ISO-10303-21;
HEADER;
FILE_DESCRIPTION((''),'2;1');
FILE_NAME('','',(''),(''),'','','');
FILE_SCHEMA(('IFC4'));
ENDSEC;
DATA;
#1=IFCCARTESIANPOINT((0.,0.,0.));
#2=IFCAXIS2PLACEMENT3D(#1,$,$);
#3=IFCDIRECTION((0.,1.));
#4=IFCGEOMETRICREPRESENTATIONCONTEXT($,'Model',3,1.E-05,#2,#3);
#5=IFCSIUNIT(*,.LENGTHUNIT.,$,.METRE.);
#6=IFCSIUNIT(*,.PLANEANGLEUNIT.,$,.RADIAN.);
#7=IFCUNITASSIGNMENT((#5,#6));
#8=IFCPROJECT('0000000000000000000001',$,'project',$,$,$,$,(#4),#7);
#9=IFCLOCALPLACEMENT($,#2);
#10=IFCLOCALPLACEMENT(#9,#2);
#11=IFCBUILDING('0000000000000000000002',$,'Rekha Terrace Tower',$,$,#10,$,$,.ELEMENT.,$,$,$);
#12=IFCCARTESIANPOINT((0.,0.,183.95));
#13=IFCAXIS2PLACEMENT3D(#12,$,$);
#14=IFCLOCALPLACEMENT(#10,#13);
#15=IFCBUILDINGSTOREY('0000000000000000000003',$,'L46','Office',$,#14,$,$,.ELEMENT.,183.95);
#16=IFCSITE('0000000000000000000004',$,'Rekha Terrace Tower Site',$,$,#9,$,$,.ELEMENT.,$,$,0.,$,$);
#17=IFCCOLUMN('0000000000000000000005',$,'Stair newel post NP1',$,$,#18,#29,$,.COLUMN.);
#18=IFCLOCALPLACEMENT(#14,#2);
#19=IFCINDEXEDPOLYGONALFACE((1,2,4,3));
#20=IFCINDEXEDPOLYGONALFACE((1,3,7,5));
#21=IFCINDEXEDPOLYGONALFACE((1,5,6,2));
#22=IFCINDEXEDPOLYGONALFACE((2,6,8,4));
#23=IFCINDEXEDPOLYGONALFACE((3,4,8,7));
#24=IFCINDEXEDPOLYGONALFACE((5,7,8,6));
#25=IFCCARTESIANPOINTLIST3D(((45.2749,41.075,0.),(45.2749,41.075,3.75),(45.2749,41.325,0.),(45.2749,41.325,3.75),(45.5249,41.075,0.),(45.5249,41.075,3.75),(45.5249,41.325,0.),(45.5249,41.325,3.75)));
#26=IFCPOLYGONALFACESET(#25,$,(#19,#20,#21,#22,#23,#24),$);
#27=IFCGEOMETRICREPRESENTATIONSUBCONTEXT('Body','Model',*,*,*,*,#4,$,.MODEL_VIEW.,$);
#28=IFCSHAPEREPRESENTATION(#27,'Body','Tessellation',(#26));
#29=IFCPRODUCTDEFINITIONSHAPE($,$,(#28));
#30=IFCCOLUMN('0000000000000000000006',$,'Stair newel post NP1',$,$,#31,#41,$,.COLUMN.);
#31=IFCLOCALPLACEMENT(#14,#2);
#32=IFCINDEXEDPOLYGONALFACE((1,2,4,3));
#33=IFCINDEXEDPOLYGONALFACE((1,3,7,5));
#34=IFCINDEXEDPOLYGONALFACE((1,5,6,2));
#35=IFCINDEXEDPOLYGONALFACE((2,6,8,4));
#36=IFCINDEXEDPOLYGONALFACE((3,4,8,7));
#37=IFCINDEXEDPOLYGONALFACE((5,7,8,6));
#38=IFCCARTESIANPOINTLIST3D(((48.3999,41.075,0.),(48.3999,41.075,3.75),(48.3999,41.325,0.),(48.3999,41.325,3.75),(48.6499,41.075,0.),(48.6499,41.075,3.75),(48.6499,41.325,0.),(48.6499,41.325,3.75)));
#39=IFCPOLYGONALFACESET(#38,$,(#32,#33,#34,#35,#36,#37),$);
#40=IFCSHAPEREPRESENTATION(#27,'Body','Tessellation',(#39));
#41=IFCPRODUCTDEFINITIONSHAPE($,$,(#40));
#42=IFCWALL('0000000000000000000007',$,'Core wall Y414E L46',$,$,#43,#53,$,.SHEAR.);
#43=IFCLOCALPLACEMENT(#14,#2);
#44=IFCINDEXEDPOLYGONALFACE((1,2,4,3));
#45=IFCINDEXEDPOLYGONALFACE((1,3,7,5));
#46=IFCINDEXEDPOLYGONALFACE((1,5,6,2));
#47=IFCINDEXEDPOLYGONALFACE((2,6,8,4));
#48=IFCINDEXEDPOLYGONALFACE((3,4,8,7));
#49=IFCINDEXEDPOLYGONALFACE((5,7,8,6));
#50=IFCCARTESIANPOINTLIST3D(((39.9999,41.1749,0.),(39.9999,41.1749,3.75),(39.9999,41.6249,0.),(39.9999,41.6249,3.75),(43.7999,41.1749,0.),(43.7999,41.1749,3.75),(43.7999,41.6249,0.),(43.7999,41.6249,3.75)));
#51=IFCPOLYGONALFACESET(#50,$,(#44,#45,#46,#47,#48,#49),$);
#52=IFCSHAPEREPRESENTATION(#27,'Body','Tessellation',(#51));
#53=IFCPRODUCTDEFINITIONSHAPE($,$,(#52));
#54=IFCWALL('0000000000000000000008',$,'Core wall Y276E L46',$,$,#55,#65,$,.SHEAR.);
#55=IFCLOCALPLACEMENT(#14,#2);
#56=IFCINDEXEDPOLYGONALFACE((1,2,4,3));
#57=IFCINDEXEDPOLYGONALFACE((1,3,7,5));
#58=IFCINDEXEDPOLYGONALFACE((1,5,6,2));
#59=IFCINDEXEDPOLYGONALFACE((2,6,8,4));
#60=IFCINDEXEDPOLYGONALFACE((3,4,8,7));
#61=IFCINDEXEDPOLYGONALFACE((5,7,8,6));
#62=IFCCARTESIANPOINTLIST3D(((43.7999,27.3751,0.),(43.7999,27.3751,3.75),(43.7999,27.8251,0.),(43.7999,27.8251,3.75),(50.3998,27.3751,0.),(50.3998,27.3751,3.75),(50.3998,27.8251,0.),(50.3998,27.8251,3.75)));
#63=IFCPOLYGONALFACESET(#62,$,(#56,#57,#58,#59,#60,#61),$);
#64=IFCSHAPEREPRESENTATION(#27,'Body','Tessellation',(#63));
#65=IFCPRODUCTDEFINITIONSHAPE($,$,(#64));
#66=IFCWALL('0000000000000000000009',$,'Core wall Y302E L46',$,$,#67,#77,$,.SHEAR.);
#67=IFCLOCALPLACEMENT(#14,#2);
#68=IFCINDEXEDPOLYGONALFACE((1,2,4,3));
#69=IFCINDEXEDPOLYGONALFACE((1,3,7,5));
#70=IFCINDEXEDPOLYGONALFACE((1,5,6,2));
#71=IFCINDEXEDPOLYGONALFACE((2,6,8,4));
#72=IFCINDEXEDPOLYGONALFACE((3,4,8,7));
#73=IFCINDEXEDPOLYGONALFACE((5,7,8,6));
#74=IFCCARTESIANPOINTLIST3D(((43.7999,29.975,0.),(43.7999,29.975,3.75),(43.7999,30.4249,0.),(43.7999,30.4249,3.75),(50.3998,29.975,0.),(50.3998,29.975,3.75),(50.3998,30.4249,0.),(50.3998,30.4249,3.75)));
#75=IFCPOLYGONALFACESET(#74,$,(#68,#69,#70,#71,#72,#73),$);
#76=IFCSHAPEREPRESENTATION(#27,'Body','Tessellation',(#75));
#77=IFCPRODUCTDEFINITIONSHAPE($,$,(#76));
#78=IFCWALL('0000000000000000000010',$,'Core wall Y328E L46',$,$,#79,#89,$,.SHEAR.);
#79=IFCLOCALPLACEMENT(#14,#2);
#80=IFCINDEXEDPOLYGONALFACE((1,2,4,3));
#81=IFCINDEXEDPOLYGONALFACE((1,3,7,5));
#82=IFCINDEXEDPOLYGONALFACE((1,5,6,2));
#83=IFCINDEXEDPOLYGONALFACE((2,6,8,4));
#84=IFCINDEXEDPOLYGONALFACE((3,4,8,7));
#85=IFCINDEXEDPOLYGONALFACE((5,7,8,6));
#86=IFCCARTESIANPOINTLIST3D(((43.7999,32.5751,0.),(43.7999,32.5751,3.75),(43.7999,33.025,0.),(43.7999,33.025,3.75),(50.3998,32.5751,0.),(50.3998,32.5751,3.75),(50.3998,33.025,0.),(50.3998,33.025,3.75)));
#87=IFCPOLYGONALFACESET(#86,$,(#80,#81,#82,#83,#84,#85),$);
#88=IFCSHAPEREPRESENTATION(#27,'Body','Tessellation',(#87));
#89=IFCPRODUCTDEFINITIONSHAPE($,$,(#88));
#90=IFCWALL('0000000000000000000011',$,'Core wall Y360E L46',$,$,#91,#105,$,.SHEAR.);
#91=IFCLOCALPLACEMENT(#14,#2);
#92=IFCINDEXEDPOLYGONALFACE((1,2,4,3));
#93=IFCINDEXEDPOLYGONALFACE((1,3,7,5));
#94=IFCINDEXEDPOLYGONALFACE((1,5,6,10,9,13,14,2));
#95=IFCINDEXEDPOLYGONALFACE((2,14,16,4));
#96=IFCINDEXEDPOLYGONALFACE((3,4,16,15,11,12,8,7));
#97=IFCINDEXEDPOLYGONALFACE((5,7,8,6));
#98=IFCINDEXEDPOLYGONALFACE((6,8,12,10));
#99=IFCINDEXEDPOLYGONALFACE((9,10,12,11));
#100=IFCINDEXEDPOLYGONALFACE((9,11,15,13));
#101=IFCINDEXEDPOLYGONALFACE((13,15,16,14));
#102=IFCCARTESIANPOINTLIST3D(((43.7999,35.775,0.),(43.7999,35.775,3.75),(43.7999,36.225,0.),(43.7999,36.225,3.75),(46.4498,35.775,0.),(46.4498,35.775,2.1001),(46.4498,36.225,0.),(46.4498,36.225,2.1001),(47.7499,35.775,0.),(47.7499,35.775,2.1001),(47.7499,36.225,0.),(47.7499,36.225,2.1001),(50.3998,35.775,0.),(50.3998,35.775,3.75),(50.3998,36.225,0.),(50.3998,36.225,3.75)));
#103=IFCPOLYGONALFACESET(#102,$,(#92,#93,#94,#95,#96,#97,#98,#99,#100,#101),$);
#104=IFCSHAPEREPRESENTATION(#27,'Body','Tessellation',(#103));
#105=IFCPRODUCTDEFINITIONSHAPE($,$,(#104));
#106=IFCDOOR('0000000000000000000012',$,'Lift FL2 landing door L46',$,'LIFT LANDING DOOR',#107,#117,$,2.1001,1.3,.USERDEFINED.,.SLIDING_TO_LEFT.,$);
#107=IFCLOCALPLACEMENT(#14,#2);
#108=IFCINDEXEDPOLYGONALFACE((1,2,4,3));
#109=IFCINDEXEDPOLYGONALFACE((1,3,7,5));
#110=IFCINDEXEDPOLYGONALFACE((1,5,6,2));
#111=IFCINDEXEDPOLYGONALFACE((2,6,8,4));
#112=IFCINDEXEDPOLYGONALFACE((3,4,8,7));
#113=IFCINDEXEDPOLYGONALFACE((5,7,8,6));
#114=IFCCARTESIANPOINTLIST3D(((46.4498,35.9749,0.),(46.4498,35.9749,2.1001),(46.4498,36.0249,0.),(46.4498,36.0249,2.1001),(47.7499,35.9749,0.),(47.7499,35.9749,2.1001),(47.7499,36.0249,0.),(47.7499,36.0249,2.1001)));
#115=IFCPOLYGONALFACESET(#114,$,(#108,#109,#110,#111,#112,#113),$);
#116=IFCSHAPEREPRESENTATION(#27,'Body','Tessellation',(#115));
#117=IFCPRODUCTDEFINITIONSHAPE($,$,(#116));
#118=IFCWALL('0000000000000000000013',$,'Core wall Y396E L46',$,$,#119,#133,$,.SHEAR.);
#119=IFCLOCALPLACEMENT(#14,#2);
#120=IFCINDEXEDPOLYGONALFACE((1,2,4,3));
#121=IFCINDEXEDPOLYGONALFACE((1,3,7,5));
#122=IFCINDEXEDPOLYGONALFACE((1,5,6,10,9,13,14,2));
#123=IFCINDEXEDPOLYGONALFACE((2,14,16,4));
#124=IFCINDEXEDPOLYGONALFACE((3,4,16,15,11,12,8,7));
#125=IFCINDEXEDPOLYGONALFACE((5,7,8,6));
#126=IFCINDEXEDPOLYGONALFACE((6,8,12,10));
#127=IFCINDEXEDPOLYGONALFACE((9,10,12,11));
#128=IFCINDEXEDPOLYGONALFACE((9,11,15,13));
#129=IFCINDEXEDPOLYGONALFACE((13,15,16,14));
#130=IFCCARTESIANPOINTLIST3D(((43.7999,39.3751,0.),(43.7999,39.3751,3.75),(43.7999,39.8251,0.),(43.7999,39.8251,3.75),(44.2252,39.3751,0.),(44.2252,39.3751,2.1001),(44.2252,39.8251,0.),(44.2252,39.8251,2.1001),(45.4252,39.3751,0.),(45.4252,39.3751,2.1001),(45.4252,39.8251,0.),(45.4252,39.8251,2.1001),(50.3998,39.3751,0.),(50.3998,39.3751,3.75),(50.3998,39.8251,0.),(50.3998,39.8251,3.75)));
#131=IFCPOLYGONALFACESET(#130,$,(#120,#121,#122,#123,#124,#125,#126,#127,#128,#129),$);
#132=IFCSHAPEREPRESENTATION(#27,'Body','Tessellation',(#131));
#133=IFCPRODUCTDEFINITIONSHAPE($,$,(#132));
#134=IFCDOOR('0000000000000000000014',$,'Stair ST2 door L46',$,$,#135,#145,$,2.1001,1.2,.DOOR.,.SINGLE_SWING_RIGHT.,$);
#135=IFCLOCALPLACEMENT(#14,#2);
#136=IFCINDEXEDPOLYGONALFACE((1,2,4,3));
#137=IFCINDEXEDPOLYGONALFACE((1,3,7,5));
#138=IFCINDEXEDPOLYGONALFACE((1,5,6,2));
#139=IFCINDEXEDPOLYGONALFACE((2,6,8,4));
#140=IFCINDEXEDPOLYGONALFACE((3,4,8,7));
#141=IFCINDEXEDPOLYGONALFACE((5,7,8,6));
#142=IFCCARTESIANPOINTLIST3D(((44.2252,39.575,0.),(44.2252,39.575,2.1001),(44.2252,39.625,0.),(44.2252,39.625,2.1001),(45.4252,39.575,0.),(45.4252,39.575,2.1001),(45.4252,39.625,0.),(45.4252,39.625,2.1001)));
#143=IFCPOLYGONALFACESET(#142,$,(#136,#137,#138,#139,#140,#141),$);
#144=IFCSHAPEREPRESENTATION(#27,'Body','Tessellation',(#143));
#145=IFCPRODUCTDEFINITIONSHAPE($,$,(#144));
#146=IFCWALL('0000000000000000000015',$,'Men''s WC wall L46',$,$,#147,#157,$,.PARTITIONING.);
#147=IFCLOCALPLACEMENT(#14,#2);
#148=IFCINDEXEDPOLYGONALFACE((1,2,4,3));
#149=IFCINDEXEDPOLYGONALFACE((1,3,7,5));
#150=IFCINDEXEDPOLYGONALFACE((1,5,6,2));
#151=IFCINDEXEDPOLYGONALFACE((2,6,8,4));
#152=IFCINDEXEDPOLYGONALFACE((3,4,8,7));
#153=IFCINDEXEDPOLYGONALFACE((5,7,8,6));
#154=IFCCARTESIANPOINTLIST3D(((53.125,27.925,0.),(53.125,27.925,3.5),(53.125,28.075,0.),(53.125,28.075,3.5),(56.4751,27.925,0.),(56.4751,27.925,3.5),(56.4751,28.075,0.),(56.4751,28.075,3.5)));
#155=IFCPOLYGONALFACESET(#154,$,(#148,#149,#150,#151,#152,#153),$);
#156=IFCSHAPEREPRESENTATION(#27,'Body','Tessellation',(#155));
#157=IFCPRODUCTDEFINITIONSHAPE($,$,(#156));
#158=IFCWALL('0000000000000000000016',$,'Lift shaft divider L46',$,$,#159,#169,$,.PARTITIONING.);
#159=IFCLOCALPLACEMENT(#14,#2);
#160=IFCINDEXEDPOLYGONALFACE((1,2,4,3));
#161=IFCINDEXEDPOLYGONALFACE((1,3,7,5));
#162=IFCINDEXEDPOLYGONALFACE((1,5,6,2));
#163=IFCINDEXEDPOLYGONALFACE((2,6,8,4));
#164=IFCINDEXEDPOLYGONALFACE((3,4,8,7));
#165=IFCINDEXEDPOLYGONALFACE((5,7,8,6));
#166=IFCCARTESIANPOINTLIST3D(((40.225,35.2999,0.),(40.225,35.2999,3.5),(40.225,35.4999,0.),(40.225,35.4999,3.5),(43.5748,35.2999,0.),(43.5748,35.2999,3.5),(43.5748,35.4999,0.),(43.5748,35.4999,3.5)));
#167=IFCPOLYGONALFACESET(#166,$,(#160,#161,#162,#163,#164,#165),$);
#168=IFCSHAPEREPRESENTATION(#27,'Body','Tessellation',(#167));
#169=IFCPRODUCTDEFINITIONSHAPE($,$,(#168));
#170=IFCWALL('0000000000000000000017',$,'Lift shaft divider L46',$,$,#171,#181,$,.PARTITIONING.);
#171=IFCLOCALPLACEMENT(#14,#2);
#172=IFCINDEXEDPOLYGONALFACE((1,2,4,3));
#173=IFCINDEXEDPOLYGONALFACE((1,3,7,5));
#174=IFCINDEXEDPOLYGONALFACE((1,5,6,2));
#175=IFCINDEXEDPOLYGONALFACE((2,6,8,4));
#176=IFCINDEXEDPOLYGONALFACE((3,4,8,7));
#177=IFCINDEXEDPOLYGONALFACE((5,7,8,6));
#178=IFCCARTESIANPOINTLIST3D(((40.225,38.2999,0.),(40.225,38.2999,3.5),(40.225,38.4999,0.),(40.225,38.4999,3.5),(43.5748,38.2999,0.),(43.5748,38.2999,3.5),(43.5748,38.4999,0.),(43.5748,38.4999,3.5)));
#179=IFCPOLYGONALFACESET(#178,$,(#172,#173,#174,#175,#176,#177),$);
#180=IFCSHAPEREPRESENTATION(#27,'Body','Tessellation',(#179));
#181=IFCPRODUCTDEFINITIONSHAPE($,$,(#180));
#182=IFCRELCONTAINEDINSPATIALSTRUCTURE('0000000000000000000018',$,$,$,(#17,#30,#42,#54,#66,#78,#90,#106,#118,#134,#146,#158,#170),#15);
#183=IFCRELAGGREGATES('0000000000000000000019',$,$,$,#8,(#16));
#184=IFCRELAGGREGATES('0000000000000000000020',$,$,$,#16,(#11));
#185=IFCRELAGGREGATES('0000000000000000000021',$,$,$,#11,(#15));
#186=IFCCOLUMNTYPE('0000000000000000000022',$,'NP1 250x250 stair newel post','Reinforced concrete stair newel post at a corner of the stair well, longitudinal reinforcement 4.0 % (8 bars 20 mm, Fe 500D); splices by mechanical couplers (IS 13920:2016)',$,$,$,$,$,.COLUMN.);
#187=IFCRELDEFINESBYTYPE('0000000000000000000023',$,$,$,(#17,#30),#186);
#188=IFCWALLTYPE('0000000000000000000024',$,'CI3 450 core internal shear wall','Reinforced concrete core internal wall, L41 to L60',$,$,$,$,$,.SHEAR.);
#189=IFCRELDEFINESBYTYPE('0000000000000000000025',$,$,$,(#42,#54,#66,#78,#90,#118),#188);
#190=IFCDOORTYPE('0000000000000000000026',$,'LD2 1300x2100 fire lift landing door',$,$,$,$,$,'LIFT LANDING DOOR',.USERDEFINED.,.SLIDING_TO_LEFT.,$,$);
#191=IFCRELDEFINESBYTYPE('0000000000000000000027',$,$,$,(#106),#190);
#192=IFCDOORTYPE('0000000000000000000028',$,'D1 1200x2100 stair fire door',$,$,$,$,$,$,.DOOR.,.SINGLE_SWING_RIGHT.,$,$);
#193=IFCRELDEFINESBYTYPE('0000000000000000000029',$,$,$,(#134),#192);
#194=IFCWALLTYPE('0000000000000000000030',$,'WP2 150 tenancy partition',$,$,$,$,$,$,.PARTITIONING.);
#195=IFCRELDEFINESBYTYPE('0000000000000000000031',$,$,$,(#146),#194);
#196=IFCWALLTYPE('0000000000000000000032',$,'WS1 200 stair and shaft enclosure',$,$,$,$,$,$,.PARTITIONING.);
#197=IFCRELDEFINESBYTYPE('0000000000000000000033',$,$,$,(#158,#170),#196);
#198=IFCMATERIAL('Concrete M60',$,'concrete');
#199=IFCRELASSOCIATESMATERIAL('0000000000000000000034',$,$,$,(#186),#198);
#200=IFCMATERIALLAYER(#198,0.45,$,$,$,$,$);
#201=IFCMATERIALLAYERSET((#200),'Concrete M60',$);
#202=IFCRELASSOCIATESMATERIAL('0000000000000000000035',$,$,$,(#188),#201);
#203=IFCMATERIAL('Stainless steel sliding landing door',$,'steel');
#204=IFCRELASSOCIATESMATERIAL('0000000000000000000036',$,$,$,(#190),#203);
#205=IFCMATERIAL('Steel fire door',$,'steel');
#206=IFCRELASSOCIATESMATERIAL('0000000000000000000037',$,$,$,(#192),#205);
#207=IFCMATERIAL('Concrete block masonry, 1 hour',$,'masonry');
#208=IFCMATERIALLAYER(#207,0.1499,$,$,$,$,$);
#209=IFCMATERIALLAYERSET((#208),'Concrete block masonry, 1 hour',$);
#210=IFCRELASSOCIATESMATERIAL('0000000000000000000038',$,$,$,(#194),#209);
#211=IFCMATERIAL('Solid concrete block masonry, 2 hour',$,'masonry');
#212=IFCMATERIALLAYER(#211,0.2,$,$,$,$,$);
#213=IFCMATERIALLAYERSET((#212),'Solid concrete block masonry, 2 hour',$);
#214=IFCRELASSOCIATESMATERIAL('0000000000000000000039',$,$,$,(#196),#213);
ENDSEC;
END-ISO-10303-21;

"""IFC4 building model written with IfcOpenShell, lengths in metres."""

from ifc_helpers import new_model, si_unit, direction, frame, frame_2d, origin, origin_2d, place, context, subcontext, project, spatial, rectangle, extrude, material, layer, layer_set, material_profile, profile_set, type_object, element, fill, save


model = new_model("IFC4")

# Units and contexts
model_context = context("Model", 3, precision=1e-05, world=origin(), true_north=direction((0.0, 1.0)))
body_context = subcontext(model_context, "Body", "Model", "MODEL_VIEW")
ifc_project = project(units=[si_unit("LENGTHUNIT", "METRE"), si_unit("PLANEANGLEUNIT", "RADIAN")], contexts=[model_context])

# Site, building, storey
site_placement = place(None, origin())
site = spatial("IfcSite", under=ifc_project, at=site_placement, Name="Rekha Terrace Tower Site", CompositionType="ELEMENT", RefElevation=0.0)
building_placement = place(site_placement, origin())
building = spatial("IfcBuilding", under=site, at=building_placement, Name="Rekha Terrace Tower", CompositionType="ELEMENT")
storey_placement = place(building_placement, frame((0.0, 0.0, 183.95)))
storey = spatial("IfcBuildingStorey", under=building, at=storey_placement, Name="L46", Description="Office", CompositionType="ELEMENT", Elevation=183.95)

# Columns
ifc_material_1 = material(Name="Concrete M60", Category="concrete")
ifc_material_profile = material_profile(ifc_material_1, rectangle(XDim=0.25, YDim=0.25, at=origin_2d()), Name="RC 250x250")
ifc_profile_set = profile_set([ifc_material_profile], Name="Concrete M60")
column_type = type_object("IfcColumnType", Name="NP1 250x250 stair newel post", Description="Reinforced concrete stair newel post at a corner of the stair well, longitudinal reinforcement 4.0 % (8 bars 20 mm, Fe 500D); splices by mechanical couplers (IS 13920:2016)", PredefinedType="COLUMN", material=ifc_profile_set)
for number, where, z_axis, x_axis, name in (
    (1, (45.3999, 41.2, 0.0), (0.0, 0.0, 1.0), (1.0, 0.0, 0.0), "Stair newel post NP1"),
    (2, (48.5249, 41.2, 0.0), (0.0, 0.0, 1.0), (1.0, 0.0, 0.0), "Stair newel post NP1"),
):
    element("IfcColumn", number, at=place(storey_placement, frame(where, z_axis=z_axis, x_axis=x_axis)), inside=storey, type_object=column_type, Name=name, PredefinedType="COLUMN", context=body_context, shape_type="SweptSolid", body=[
        extrude(rectangle(XDim=0.25, YDim=0.25, at=origin_2d()), origin(), (0.0, 0.0, 1.0), 3.75),
    ])

# Walls
ifc_layer_1 = layer(ifc_material_1, 0.45)
ifc_layer_set_1 = layer_set([ifc_layer_1], Name="Concrete M60")
wall_type_1 = type_object("IfcWallType", Name="CI3 450 core internal shear wall", Description="Reinforced concrete core internal wall, L41 to L60", PredefinedType="SHEAR", material=ifc_layer_set_1)
wall_1_placement = place(storey_placement, frame((40.0, 41.3999, 0.0), z_axis=(0.0, 0.0, 1.0), x_axis=(1.0, 0.0, 0.0)))
element("IfcWall", 3, at=wall_1_placement, inside=storey, type_object=wall_type_1, Name="Core wall Y414E L46", PredefinedType="SHEAR", context=body_context, shape_type="SweptSolid", body=[
    extrude(rectangle(XDim=3.8, YDim=0.45, at=frame_2d((1.8999, 0.0))), origin(), (0.0, 0.0, 1.0), 3.75),
])
for number, where, z_axis, x_axis, name in (
    (4, (43.8, 27.6001, 0.0), (0.0, 0.0, 1.0), (1.0, 0.0, 0.0), "Core wall Y276E L46"),
    (5, (43.8, 30.2, 0.0), (0.0, 0.0, 1.0), (1.0, 0.0, 0.0), "Core wall Y302E L46"),
    (6, (43.8, 32.8, 0.0), (0.0, 0.0, 1.0), (1.0, 0.0, 0.0), "Core wall Y328E L46"),
):
    element("IfcWall", number, at=place(storey_placement, frame(where, z_axis=z_axis, x_axis=x_axis)), inside=storey, type_object=wall_type_1, Name=name, PredefinedType="SHEAR", context=body_context, shape_type="SweptSolid", body=[
        extrude(rectangle(XDim=6.5999, YDim=0.45, at=frame_2d((3.2998, 0.0))), origin(), (0.0, 0.0, 1.0), 3.75),
    ])

# Walls, openings, doors
wall_2_placement = place(storey_placement, frame((43.8, 36.0, 0.0), z_axis=(0.0, 0.0, 1.0), x_axis=(1.0, 0.0, 0.0)))
wall_2 = element("IfcWall", 7, at=wall_2_placement, inside=storey, type_object=wall_type_1, Name="Core wall Y360E L46", PredefinedType="SHEAR", context=body_context, shape_type="SweptSolid", body=[
    extrude(rectangle(XDim=6.5999, YDim=0.45, at=frame_2d((3.2998, 0.0))), origin(), (0.0, 0.0, 1.0), 3.75),
])
opening_1_placement = place(wall_2_placement, frame((2.6499, 0.0, 0.0)))
opening_1 = element("IfcOpeningElement", 8, at=opening_1_placement, cuts=wall_2, PredefinedType="OPENING", context=body_context, shape_type="SweptSolid", body=[
    extrude(rectangle(XDim=1.3, YDim=2.1001, at=frame_2d((0.6499, 1.05))), frame((0.0, 0.2349, 0.0), z_axis=(0.0, -1.0, 0.0), x_axis=(1.0, 0.0, 0.0)), (0.0, 0.0, 1.0), 0.47),
])
ifc_material_2 = material(Name="Stainless steel sliding landing door", Category="steel")
door_type_1 = type_object("IfcDoorType", Name="LD2 1300x2100 fire lift landing door", ElementType="LIFT LANDING DOOR", OperationType="SLIDING_TO_LEFT", PredefinedType="USERDEFINED", material=ifc_material_2)
door_1_placement = place(opening_1_placement, origin())
door_1 = element("IfcDoor", 9, at=door_1_placement, inside=storey, type_object=door_type_1, Name="Lift FL2 landing door L46", ObjectType="LIFT LANDING DOOR", OperationType="SLIDING_TO_LEFT", OverallHeight=2.1001, OverallWidth=1.3, PredefinedType="USERDEFINED", context=body_context, shape_type="SweptSolid", body=[
    extrude(rectangle(XDim=1.3, YDim=2.1001, at=frame_2d((0.6499, 1.05))), frame((0.0, 0.0249, 0.0), z_axis=(0.0, -1.0, 0.0), x_axis=(1.0, 0.0, 0.0)), (0.0, 0.0, 1.0), 0.05),
])
fill(opening_1, door_1)
wall_3_placement = place(storey_placement, frame((43.8, 39.6001, 0.0), z_axis=(0.0, 0.0, 1.0), x_axis=(1.0, 0.0, 0.0)))
wall_3 = element("IfcWall", 10, at=wall_3_placement, inside=storey, type_object=wall_type_1, Name="Core wall Y396E L46", PredefinedType="SHEAR", context=body_context, shape_type="SweptSolid", body=[
    extrude(rectangle(XDim=6.5999, YDim=0.45, at=frame_2d((3.2998, 0.0))), origin(), (0.0, 0.0, 1.0), 3.75),
])
opening_2_placement = place(wall_3_placement, frame((0.425, 0.0, 0.0)))
opening_2 = element("IfcOpeningElement", 11, at=opening_2_placement, cuts=wall_3, PredefinedType="OPENING", context=body_context, shape_type="SweptSolid", body=[
    extrude(rectangle(XDim=1.2, YDim=2.1001, at=frame_2d((0.6001, 1.05))), frame((0.0, 0.2349, 0.0), z_axis=(0.0, -1.0, 0.0), x_axis=(1.0, 0.0, 0.0)), (0.0, 0.0, 1.0), 0.47),
])
ifc_material_3 = material(Name="Steel fire door", Category="steel")
door_type_2 = type_object("IfcDoorType", Name="D1 1200x2100 stair fire door", OperationType="SINGLE_SWING_RIGHT", PredefinedType="DOOR", material=ifc_material_3)
door_2_placement = place(opening_2_placement, origin())
door_2 = element("IfcDoor", 12, at=door_2_placement, inside=storey, type_object=door_type_2, Name="Stair ST2 door L46", OperationType="SINGLE_SWING_RIGHT", OverallHeight=2.1001, OverallWidth=1.2, PredefinedType="DOOR", context=body_context, shape_type="SweptSolid", body=[
    extrude(rectangle(XDim=1.2, YDim=2.1001, at=frame_2d((0.6001, 1.05))), frame((0.0, 0.0249, 0.0), z_axis=(0.0, -1.0, 0.0), x_axis=(1.0, 0.0, 0.0)), (0.0, 0.0, 1.0), 0.05),
])
fill(opening_2, door_2)

# Walls
ifc_material_4 = material(Name="Concrete block masonry, 1 hour", Category="masonry")
ifc_layer_2 = layer(ifc_material_4, 0.1499)
ifc_layer_set_2 = layer_set([ifc_layer_2], Name="Concrete block masonry, 1 hour")
wall_type_2 = type_object("IfcWallType", Name="WP2 150 tenancy partition", PredefinedType="PARTITIONING", material=ifc_layer_set_2)
wall_4_placement = place(storey_placement, frame((53.125, 28.0, 0.0), z_axis=(0.0, 0.0, 1.0), x_axis=(1.0, 0.0, 0.0)))
element("IfcWall", 13, at=wall_4_placement, inside=storey, type_object=wall_type_2, Name="Men's WC wall L46", PredefinedType="PARTITIONING", context=body_context, shape_type="SweptSolid", body=[
    extrude(rectangle(XDim=3.3501, YDim=0.1499, at=frame_2d((1.675, 0.0))), origin(), (0.0, 0.0, 1.0), 3.5),
])
ifc_material_5 = material(Name="Solid concrete block masonry, 2 hour", Category="masonry")
ifc_layer_3 = layer(ifc_material_5, 0.2)
ifc_layer_set_3 = layer_set([ifc_layer_3], Name="Solid concrete block masonry, 2 hour")
wall_type_3 = type_object("IfcWallType", Name="WS1 200 stair and shaft enclosure", PredefinedType="PARTITIONING", material=ifc_layer_set_3)
for number, where, z_axis, x_axis, name in (
    (14, (40.2251, 35.3999, 0.0), (0.0, 0.0, 1.0), (1.0, 0.0, 0.0), "Lift shaft divider L46"),
    (15, (40.2251, 38.3999, 0.0), (0.0, 0.0, 1.0), (1.0, 0.0, 0.0), "Lift shaft divider L46"),
):
    element("IfcWall", number, at=place(storey_placement, frame(where, z_axis=z_axis, x_axis=x_axis)), inside=storey, type_object=wall_type_3, Name=name, PredefinedType="PARTITIONING", context=body_context, shape_type="SweptSolid", body=[
        extrude(rectangle(XDim=3.3499, YDim=0.2, at=frame_2d((1.6748, 0.0))), origin(), (0.0, 0.0, 1.0), 3.5),
    ])

save(model, "model.ifc")
